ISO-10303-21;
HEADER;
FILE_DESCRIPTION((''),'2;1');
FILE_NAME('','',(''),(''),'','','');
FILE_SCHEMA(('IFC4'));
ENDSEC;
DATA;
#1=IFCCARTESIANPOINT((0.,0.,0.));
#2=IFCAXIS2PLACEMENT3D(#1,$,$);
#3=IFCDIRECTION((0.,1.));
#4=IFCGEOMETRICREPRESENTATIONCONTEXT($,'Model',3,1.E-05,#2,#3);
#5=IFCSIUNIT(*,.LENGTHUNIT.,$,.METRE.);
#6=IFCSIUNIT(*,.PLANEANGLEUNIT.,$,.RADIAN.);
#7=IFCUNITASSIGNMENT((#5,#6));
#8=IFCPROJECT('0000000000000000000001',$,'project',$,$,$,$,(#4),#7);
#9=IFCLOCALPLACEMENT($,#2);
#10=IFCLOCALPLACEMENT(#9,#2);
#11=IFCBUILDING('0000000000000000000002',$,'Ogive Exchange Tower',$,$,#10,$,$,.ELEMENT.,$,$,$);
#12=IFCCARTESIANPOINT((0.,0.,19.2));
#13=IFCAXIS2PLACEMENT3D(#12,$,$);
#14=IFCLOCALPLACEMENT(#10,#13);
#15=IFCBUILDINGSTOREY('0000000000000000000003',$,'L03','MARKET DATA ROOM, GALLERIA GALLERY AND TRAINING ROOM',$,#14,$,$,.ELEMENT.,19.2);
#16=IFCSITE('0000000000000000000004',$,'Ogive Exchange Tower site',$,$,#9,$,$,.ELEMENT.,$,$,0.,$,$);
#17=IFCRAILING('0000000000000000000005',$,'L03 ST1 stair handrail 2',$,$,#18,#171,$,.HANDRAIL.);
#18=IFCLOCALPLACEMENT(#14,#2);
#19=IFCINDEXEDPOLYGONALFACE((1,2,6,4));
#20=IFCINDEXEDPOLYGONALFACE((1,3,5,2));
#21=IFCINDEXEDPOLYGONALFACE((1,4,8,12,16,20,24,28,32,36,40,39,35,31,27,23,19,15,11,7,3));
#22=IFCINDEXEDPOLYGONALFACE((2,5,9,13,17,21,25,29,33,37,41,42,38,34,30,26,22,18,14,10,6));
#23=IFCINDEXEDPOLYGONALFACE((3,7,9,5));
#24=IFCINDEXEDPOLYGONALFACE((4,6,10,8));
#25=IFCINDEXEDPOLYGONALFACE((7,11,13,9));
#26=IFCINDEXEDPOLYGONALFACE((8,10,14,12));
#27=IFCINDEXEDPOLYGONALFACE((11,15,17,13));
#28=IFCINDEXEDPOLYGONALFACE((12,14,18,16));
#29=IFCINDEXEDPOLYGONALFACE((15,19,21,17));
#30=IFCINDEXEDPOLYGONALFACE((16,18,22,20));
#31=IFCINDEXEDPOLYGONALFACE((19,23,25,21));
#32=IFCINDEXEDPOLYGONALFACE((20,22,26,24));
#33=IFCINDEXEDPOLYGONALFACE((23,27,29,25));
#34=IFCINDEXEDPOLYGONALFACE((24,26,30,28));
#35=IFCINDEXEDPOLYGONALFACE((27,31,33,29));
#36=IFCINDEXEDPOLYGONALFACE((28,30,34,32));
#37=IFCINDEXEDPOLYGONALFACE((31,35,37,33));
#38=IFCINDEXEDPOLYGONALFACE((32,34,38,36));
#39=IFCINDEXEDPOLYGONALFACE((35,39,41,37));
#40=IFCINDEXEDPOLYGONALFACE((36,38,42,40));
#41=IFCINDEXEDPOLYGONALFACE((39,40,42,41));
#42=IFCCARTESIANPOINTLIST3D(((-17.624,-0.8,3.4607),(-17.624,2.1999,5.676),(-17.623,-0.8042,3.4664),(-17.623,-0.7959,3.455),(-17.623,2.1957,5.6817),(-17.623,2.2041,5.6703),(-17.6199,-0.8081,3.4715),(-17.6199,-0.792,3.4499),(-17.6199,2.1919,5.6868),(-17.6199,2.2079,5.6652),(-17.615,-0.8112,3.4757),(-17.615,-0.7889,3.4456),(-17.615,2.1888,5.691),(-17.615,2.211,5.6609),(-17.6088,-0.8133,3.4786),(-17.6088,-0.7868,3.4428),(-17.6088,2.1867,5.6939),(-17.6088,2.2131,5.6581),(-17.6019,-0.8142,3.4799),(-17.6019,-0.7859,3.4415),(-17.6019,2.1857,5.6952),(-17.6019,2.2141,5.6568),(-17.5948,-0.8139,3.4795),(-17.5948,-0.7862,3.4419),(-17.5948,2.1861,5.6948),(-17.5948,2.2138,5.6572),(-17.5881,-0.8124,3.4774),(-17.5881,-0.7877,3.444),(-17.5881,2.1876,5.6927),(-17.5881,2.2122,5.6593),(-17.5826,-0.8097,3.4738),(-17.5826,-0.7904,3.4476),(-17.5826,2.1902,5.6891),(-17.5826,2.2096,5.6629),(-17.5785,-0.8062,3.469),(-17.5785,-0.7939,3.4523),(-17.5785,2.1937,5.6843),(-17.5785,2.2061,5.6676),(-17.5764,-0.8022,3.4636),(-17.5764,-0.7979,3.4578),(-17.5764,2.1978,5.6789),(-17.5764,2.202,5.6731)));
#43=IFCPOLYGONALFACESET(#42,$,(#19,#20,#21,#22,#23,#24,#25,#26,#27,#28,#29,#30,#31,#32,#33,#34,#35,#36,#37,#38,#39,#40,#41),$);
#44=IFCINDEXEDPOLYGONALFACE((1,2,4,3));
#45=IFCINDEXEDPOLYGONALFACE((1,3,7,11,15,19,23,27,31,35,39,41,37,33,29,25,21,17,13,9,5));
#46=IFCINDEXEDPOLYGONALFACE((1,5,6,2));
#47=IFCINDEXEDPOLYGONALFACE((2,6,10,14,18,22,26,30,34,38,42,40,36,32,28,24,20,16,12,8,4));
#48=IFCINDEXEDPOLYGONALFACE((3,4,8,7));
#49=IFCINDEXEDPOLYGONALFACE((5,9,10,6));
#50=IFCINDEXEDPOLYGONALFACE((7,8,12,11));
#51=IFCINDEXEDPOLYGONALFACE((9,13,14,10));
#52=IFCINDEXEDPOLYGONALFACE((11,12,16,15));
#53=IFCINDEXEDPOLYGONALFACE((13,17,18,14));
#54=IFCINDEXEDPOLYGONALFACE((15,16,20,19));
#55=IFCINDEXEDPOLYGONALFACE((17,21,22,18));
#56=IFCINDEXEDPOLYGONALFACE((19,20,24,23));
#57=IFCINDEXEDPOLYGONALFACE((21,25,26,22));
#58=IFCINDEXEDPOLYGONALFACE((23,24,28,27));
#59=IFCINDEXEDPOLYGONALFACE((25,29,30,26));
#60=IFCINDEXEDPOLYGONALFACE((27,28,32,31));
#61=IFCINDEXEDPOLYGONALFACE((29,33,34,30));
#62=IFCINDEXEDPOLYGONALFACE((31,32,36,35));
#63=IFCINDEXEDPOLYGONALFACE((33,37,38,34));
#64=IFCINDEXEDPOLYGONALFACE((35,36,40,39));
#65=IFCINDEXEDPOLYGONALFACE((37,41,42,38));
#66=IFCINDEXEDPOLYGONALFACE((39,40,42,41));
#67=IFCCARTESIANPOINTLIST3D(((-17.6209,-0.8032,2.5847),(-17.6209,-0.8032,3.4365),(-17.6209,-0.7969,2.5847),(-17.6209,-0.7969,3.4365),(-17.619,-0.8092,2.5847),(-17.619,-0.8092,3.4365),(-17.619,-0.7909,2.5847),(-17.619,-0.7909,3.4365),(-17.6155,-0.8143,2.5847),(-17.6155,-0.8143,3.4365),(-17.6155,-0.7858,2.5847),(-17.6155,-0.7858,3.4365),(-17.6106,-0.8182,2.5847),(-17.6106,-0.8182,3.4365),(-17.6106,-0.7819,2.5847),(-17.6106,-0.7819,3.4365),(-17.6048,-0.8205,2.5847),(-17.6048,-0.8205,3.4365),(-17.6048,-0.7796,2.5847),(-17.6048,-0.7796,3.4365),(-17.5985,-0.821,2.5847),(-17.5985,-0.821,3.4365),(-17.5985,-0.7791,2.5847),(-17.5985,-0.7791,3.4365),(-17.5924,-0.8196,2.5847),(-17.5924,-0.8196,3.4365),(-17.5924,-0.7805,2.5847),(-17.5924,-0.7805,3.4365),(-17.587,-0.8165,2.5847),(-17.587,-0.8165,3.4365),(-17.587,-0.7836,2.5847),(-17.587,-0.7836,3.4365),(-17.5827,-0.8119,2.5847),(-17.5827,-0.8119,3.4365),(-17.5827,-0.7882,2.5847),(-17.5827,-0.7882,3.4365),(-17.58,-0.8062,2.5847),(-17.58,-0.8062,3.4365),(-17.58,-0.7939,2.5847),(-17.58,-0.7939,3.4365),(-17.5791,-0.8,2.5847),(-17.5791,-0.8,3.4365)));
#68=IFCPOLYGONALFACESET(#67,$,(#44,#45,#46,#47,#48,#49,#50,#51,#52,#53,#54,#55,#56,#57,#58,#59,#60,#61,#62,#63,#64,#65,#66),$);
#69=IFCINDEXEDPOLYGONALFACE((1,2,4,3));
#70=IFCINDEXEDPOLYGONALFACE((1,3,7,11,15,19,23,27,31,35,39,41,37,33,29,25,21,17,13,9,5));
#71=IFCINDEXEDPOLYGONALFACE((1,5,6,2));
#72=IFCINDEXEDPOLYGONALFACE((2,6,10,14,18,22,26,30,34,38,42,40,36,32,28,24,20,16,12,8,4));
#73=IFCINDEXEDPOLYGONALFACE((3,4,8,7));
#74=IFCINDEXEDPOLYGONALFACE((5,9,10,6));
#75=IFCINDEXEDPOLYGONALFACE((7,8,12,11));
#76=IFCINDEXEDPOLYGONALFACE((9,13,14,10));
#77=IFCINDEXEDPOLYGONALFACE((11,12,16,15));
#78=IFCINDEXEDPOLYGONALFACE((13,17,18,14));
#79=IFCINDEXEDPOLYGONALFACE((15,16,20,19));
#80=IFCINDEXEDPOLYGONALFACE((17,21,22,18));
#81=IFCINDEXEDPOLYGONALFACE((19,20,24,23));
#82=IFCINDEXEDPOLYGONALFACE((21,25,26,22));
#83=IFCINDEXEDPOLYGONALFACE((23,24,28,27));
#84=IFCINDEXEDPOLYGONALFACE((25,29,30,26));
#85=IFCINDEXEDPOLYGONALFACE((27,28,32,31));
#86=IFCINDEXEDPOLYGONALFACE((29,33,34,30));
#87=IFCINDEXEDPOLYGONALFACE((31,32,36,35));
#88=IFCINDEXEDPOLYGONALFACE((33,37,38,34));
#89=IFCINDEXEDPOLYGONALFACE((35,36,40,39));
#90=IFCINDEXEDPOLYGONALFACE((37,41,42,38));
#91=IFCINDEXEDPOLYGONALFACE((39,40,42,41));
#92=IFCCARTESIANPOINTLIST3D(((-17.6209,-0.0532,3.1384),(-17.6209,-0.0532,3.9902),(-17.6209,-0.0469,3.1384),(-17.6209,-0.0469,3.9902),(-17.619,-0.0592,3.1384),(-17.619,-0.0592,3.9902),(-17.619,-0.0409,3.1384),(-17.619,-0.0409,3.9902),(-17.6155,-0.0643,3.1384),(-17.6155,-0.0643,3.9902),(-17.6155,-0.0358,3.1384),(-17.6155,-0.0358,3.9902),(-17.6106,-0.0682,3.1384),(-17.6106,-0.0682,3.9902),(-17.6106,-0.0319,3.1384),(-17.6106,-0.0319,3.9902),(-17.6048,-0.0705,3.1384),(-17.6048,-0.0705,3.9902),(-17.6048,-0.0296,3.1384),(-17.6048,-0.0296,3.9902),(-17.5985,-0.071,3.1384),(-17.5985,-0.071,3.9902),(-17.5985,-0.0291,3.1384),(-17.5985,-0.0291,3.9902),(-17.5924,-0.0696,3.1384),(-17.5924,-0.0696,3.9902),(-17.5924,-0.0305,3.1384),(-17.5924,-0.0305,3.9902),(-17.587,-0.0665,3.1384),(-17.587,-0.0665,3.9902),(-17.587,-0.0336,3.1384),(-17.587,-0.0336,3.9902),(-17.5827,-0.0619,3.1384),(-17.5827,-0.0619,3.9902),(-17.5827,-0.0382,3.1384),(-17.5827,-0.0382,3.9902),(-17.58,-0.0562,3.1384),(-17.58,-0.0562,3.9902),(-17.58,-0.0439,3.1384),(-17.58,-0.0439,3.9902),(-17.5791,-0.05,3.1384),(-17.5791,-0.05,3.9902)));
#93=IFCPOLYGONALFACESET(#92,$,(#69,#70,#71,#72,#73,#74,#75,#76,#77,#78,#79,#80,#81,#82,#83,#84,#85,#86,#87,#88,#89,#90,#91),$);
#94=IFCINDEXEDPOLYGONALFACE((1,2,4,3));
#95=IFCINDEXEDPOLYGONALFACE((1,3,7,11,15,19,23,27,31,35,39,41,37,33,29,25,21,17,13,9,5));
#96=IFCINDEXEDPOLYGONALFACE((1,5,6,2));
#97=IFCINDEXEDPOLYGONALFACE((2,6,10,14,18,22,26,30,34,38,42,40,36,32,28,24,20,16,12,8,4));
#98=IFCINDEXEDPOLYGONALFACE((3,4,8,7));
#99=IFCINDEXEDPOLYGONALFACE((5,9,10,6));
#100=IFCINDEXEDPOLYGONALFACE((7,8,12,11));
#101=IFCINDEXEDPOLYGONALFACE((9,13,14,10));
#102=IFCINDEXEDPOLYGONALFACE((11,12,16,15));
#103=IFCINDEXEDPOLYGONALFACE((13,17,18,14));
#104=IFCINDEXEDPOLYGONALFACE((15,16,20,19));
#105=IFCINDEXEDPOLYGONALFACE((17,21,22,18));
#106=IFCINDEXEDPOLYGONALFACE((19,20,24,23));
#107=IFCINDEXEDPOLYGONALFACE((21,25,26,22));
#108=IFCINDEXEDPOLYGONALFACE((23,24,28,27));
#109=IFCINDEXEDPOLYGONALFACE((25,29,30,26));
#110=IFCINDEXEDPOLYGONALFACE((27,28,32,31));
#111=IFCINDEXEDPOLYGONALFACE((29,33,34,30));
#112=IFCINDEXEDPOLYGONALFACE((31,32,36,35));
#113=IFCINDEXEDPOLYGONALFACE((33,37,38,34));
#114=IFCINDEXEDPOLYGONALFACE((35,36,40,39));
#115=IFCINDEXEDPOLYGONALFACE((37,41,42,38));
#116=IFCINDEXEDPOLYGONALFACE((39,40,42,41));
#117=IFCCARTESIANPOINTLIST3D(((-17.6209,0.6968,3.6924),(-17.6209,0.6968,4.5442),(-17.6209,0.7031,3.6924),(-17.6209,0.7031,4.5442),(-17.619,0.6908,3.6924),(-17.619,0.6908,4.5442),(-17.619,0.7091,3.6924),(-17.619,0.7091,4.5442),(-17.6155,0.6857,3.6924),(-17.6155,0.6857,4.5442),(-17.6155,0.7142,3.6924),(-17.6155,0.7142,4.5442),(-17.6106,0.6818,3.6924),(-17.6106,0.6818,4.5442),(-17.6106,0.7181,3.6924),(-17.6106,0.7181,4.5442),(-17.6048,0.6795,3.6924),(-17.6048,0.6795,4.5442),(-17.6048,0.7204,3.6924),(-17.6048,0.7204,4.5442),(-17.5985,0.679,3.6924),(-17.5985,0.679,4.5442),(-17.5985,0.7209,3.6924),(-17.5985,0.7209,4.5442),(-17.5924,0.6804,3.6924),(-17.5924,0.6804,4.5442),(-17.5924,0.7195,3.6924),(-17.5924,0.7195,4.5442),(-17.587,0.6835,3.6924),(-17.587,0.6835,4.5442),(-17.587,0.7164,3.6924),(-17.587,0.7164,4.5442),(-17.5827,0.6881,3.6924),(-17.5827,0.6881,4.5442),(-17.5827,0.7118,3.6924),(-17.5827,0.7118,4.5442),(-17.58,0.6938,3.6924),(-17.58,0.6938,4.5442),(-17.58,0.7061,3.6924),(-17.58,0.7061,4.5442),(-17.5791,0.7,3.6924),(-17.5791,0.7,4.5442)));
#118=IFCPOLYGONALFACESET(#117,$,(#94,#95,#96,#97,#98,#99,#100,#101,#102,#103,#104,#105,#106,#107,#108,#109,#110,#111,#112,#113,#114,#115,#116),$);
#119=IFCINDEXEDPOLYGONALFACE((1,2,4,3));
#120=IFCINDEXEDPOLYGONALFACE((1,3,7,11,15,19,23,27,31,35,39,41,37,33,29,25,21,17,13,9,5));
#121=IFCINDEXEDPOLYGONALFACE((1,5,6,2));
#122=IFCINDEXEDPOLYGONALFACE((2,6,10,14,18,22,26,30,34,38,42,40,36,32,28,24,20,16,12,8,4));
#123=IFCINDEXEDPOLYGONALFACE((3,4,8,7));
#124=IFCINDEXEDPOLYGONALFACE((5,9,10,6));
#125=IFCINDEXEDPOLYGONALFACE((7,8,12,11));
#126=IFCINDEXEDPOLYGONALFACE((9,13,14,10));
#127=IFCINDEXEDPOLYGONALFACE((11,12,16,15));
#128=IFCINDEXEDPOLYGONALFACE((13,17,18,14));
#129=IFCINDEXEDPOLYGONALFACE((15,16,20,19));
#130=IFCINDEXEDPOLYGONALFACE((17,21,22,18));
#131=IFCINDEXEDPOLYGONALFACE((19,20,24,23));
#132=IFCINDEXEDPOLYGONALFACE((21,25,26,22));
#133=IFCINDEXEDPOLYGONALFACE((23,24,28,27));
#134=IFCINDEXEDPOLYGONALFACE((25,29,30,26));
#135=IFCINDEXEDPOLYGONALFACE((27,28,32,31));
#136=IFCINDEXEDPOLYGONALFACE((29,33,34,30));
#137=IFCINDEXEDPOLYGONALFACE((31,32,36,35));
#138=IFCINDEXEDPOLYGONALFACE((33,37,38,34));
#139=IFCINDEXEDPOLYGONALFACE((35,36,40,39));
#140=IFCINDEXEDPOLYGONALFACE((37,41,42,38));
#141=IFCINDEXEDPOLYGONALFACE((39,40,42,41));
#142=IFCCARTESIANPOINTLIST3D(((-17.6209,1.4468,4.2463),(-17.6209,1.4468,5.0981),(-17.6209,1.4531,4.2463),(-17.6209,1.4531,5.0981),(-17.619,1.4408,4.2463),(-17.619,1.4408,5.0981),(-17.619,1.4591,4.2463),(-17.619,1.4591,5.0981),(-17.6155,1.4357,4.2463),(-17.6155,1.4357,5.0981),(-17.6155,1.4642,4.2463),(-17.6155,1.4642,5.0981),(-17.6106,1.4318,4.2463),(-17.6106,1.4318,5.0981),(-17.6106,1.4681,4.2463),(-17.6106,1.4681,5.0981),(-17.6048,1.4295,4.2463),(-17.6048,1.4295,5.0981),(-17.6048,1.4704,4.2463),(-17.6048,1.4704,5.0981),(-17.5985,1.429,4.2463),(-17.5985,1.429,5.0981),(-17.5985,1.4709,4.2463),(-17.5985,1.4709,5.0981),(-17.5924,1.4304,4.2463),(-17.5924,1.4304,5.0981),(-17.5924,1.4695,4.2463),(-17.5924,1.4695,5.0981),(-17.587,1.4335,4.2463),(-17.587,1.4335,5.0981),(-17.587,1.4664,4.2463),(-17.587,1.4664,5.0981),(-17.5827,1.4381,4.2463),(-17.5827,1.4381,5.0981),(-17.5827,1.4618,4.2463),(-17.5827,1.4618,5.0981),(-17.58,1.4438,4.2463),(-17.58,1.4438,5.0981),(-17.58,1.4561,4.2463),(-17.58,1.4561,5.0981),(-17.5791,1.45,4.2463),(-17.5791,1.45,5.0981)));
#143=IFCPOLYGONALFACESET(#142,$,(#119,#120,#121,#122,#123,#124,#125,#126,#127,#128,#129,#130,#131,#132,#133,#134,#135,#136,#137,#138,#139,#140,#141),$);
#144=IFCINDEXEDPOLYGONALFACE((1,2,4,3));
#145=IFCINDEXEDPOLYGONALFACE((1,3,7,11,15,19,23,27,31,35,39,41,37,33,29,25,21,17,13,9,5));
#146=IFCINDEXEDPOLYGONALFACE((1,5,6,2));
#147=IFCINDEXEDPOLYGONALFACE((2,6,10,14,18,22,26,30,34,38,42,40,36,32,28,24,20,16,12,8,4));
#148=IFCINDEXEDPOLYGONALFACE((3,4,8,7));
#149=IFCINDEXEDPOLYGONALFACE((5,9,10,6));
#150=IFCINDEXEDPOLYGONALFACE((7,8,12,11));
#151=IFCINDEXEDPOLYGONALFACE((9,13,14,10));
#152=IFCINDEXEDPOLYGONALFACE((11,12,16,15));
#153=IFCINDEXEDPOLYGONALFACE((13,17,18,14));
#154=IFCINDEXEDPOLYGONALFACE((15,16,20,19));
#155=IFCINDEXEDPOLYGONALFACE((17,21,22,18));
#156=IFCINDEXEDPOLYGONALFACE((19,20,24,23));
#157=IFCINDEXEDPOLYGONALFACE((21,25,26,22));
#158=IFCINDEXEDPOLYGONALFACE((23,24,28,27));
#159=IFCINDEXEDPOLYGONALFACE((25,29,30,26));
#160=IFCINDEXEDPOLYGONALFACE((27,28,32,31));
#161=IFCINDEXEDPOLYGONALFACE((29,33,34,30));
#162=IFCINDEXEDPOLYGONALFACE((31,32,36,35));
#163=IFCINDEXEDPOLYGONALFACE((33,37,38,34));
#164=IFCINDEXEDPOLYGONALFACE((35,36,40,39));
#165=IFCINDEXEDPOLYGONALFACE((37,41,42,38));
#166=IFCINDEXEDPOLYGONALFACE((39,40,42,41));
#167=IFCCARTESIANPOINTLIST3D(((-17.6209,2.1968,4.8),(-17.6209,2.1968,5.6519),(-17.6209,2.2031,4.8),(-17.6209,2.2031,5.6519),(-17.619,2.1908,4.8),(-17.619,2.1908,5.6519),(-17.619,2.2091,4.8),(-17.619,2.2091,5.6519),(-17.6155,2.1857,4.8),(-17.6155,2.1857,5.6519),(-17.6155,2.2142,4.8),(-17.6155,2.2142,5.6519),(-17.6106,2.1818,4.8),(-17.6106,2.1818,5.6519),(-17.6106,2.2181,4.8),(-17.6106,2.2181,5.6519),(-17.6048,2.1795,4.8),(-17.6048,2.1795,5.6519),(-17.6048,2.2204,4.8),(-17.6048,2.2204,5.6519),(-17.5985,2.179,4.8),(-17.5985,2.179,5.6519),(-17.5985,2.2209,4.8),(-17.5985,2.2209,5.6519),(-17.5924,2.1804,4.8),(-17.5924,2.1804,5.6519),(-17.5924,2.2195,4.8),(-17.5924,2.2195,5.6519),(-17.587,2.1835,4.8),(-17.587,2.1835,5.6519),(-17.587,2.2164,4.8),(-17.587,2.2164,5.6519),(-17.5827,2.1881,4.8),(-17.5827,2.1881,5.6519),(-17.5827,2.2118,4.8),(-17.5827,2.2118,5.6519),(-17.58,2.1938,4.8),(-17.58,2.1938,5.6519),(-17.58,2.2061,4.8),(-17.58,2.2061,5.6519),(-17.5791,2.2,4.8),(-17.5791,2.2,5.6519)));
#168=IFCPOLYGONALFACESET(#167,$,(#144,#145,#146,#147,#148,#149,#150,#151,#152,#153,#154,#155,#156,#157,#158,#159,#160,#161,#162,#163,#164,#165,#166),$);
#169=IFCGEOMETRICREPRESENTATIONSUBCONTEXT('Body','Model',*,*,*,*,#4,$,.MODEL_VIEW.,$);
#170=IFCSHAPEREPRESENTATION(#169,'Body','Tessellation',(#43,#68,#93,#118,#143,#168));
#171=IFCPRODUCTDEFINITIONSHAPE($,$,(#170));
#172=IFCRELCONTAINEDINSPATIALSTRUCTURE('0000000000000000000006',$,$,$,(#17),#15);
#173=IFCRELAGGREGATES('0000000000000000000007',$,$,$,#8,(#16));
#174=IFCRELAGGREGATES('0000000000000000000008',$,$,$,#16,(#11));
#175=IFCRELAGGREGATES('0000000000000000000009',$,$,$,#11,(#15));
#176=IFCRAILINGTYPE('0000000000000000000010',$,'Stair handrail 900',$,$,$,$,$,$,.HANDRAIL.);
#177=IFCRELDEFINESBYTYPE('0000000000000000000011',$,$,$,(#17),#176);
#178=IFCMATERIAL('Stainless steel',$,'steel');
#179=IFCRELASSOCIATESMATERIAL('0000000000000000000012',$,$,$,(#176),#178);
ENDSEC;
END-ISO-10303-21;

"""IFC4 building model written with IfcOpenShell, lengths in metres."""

from ifc_helpers import new_model, si_unit, direction, frame, origin, origin_2d, place, context, subcontext, project, spatial, circle, extrude, material, type_object, element, save


model = new_model("IFC4")

# Units and contexts
model_context = context("Model", 3, precision=1e-05, world=origin(), true_north=direction((0.0, 1.0)))
body_context = subcontext(model_context, "Body", "Model", "MODEL_VIEW")
ifc_project = project(units=[si_unit("LENGTHUNIT", "METRE"), si_unit("PLANEANGLEUNIT", "RADIAN")], contexts=[model_context])

# Site, building, storey
site_placement = place(None, origin())
site = spatial("IfcSite", under=ifc_project, at=site_placement, Name="Ogive Exchange Tower site", CompositionType="ELEMENT", RefElevation=0.0)
building_placement = place(site_placement, origin())
building = spatial("IfcBuilding", under=site, at=building_placement, Name="Ogive Exchange Tower", CompositionType="ELEMENT")
storey_placement = place(building_placement, frame((0.0, 0.0, 19.2)))
storey = spatial("IfcBuildingStorey", under=building, at=storey_placement, Name="L03", Description="MARKET DATA ROOM, GALLERIA GALLERY AND TRAINING ROOM", CompositionType="ELEMENT", Elevation=19.2)

# Shared definitions
ifc_material_1 = material(Name="Stainless steel", Category="steel")

# Railing
railing_type = type_object("IfcRailingType", Name="Stair handrail 900", PredefinedType="HANDRAIL", material=ifc_material_1)
railing_placement = place(storey_placement, frame((-17.6001, -0.8, 2.5847)))
element("IfcRailing", 1, at=railing_placement, inside=storey, type_object=railing_type, Name="L03 ST1 stair handrail 2", PredefinedType="HANDRAIL", context=body_context, shape_type="SweptSolid", body=[
    extrude(circle(Radius=0.0239, at=origin_2d()), frame((0.0, 0.0, 0.876), z_axis=(0.0, 0.80444, 0.594034), x_axis=(-1.0, 0.0, 0.0)), (0.0, 0.0, 1.0), 3.7292),
    extrude(circle(Radius=0.021, at=origin_2d()), origin(), (0.0, 0.0, 1.0), 0.8518),
    extrude(circle(Radius=0.021, at=origin_2d()), frame((0.0, 0.75, 0.5537)), (0.0, 0.0, 1.0), 0.8518),
    extrude(circle(Radius=0.021, at=origin_2d()), frame((0.0, 1.5, 1.1077)), (0.0, 0.0, 1.0), 0.8518),
    extrude(circle(Radius=0.021, at=origin_2d()), frame((0.0, 2.25, 1.6616)), (0.0, 0.0, 1.0), 0.8518),
    extrude(circle(Radius=0.021, at=origin_2d()), frame((0.0, 3.0, 2.2153)), (0.0, 0.0, 1.0), 0.8518),
])

save(model, "model.ifc")
